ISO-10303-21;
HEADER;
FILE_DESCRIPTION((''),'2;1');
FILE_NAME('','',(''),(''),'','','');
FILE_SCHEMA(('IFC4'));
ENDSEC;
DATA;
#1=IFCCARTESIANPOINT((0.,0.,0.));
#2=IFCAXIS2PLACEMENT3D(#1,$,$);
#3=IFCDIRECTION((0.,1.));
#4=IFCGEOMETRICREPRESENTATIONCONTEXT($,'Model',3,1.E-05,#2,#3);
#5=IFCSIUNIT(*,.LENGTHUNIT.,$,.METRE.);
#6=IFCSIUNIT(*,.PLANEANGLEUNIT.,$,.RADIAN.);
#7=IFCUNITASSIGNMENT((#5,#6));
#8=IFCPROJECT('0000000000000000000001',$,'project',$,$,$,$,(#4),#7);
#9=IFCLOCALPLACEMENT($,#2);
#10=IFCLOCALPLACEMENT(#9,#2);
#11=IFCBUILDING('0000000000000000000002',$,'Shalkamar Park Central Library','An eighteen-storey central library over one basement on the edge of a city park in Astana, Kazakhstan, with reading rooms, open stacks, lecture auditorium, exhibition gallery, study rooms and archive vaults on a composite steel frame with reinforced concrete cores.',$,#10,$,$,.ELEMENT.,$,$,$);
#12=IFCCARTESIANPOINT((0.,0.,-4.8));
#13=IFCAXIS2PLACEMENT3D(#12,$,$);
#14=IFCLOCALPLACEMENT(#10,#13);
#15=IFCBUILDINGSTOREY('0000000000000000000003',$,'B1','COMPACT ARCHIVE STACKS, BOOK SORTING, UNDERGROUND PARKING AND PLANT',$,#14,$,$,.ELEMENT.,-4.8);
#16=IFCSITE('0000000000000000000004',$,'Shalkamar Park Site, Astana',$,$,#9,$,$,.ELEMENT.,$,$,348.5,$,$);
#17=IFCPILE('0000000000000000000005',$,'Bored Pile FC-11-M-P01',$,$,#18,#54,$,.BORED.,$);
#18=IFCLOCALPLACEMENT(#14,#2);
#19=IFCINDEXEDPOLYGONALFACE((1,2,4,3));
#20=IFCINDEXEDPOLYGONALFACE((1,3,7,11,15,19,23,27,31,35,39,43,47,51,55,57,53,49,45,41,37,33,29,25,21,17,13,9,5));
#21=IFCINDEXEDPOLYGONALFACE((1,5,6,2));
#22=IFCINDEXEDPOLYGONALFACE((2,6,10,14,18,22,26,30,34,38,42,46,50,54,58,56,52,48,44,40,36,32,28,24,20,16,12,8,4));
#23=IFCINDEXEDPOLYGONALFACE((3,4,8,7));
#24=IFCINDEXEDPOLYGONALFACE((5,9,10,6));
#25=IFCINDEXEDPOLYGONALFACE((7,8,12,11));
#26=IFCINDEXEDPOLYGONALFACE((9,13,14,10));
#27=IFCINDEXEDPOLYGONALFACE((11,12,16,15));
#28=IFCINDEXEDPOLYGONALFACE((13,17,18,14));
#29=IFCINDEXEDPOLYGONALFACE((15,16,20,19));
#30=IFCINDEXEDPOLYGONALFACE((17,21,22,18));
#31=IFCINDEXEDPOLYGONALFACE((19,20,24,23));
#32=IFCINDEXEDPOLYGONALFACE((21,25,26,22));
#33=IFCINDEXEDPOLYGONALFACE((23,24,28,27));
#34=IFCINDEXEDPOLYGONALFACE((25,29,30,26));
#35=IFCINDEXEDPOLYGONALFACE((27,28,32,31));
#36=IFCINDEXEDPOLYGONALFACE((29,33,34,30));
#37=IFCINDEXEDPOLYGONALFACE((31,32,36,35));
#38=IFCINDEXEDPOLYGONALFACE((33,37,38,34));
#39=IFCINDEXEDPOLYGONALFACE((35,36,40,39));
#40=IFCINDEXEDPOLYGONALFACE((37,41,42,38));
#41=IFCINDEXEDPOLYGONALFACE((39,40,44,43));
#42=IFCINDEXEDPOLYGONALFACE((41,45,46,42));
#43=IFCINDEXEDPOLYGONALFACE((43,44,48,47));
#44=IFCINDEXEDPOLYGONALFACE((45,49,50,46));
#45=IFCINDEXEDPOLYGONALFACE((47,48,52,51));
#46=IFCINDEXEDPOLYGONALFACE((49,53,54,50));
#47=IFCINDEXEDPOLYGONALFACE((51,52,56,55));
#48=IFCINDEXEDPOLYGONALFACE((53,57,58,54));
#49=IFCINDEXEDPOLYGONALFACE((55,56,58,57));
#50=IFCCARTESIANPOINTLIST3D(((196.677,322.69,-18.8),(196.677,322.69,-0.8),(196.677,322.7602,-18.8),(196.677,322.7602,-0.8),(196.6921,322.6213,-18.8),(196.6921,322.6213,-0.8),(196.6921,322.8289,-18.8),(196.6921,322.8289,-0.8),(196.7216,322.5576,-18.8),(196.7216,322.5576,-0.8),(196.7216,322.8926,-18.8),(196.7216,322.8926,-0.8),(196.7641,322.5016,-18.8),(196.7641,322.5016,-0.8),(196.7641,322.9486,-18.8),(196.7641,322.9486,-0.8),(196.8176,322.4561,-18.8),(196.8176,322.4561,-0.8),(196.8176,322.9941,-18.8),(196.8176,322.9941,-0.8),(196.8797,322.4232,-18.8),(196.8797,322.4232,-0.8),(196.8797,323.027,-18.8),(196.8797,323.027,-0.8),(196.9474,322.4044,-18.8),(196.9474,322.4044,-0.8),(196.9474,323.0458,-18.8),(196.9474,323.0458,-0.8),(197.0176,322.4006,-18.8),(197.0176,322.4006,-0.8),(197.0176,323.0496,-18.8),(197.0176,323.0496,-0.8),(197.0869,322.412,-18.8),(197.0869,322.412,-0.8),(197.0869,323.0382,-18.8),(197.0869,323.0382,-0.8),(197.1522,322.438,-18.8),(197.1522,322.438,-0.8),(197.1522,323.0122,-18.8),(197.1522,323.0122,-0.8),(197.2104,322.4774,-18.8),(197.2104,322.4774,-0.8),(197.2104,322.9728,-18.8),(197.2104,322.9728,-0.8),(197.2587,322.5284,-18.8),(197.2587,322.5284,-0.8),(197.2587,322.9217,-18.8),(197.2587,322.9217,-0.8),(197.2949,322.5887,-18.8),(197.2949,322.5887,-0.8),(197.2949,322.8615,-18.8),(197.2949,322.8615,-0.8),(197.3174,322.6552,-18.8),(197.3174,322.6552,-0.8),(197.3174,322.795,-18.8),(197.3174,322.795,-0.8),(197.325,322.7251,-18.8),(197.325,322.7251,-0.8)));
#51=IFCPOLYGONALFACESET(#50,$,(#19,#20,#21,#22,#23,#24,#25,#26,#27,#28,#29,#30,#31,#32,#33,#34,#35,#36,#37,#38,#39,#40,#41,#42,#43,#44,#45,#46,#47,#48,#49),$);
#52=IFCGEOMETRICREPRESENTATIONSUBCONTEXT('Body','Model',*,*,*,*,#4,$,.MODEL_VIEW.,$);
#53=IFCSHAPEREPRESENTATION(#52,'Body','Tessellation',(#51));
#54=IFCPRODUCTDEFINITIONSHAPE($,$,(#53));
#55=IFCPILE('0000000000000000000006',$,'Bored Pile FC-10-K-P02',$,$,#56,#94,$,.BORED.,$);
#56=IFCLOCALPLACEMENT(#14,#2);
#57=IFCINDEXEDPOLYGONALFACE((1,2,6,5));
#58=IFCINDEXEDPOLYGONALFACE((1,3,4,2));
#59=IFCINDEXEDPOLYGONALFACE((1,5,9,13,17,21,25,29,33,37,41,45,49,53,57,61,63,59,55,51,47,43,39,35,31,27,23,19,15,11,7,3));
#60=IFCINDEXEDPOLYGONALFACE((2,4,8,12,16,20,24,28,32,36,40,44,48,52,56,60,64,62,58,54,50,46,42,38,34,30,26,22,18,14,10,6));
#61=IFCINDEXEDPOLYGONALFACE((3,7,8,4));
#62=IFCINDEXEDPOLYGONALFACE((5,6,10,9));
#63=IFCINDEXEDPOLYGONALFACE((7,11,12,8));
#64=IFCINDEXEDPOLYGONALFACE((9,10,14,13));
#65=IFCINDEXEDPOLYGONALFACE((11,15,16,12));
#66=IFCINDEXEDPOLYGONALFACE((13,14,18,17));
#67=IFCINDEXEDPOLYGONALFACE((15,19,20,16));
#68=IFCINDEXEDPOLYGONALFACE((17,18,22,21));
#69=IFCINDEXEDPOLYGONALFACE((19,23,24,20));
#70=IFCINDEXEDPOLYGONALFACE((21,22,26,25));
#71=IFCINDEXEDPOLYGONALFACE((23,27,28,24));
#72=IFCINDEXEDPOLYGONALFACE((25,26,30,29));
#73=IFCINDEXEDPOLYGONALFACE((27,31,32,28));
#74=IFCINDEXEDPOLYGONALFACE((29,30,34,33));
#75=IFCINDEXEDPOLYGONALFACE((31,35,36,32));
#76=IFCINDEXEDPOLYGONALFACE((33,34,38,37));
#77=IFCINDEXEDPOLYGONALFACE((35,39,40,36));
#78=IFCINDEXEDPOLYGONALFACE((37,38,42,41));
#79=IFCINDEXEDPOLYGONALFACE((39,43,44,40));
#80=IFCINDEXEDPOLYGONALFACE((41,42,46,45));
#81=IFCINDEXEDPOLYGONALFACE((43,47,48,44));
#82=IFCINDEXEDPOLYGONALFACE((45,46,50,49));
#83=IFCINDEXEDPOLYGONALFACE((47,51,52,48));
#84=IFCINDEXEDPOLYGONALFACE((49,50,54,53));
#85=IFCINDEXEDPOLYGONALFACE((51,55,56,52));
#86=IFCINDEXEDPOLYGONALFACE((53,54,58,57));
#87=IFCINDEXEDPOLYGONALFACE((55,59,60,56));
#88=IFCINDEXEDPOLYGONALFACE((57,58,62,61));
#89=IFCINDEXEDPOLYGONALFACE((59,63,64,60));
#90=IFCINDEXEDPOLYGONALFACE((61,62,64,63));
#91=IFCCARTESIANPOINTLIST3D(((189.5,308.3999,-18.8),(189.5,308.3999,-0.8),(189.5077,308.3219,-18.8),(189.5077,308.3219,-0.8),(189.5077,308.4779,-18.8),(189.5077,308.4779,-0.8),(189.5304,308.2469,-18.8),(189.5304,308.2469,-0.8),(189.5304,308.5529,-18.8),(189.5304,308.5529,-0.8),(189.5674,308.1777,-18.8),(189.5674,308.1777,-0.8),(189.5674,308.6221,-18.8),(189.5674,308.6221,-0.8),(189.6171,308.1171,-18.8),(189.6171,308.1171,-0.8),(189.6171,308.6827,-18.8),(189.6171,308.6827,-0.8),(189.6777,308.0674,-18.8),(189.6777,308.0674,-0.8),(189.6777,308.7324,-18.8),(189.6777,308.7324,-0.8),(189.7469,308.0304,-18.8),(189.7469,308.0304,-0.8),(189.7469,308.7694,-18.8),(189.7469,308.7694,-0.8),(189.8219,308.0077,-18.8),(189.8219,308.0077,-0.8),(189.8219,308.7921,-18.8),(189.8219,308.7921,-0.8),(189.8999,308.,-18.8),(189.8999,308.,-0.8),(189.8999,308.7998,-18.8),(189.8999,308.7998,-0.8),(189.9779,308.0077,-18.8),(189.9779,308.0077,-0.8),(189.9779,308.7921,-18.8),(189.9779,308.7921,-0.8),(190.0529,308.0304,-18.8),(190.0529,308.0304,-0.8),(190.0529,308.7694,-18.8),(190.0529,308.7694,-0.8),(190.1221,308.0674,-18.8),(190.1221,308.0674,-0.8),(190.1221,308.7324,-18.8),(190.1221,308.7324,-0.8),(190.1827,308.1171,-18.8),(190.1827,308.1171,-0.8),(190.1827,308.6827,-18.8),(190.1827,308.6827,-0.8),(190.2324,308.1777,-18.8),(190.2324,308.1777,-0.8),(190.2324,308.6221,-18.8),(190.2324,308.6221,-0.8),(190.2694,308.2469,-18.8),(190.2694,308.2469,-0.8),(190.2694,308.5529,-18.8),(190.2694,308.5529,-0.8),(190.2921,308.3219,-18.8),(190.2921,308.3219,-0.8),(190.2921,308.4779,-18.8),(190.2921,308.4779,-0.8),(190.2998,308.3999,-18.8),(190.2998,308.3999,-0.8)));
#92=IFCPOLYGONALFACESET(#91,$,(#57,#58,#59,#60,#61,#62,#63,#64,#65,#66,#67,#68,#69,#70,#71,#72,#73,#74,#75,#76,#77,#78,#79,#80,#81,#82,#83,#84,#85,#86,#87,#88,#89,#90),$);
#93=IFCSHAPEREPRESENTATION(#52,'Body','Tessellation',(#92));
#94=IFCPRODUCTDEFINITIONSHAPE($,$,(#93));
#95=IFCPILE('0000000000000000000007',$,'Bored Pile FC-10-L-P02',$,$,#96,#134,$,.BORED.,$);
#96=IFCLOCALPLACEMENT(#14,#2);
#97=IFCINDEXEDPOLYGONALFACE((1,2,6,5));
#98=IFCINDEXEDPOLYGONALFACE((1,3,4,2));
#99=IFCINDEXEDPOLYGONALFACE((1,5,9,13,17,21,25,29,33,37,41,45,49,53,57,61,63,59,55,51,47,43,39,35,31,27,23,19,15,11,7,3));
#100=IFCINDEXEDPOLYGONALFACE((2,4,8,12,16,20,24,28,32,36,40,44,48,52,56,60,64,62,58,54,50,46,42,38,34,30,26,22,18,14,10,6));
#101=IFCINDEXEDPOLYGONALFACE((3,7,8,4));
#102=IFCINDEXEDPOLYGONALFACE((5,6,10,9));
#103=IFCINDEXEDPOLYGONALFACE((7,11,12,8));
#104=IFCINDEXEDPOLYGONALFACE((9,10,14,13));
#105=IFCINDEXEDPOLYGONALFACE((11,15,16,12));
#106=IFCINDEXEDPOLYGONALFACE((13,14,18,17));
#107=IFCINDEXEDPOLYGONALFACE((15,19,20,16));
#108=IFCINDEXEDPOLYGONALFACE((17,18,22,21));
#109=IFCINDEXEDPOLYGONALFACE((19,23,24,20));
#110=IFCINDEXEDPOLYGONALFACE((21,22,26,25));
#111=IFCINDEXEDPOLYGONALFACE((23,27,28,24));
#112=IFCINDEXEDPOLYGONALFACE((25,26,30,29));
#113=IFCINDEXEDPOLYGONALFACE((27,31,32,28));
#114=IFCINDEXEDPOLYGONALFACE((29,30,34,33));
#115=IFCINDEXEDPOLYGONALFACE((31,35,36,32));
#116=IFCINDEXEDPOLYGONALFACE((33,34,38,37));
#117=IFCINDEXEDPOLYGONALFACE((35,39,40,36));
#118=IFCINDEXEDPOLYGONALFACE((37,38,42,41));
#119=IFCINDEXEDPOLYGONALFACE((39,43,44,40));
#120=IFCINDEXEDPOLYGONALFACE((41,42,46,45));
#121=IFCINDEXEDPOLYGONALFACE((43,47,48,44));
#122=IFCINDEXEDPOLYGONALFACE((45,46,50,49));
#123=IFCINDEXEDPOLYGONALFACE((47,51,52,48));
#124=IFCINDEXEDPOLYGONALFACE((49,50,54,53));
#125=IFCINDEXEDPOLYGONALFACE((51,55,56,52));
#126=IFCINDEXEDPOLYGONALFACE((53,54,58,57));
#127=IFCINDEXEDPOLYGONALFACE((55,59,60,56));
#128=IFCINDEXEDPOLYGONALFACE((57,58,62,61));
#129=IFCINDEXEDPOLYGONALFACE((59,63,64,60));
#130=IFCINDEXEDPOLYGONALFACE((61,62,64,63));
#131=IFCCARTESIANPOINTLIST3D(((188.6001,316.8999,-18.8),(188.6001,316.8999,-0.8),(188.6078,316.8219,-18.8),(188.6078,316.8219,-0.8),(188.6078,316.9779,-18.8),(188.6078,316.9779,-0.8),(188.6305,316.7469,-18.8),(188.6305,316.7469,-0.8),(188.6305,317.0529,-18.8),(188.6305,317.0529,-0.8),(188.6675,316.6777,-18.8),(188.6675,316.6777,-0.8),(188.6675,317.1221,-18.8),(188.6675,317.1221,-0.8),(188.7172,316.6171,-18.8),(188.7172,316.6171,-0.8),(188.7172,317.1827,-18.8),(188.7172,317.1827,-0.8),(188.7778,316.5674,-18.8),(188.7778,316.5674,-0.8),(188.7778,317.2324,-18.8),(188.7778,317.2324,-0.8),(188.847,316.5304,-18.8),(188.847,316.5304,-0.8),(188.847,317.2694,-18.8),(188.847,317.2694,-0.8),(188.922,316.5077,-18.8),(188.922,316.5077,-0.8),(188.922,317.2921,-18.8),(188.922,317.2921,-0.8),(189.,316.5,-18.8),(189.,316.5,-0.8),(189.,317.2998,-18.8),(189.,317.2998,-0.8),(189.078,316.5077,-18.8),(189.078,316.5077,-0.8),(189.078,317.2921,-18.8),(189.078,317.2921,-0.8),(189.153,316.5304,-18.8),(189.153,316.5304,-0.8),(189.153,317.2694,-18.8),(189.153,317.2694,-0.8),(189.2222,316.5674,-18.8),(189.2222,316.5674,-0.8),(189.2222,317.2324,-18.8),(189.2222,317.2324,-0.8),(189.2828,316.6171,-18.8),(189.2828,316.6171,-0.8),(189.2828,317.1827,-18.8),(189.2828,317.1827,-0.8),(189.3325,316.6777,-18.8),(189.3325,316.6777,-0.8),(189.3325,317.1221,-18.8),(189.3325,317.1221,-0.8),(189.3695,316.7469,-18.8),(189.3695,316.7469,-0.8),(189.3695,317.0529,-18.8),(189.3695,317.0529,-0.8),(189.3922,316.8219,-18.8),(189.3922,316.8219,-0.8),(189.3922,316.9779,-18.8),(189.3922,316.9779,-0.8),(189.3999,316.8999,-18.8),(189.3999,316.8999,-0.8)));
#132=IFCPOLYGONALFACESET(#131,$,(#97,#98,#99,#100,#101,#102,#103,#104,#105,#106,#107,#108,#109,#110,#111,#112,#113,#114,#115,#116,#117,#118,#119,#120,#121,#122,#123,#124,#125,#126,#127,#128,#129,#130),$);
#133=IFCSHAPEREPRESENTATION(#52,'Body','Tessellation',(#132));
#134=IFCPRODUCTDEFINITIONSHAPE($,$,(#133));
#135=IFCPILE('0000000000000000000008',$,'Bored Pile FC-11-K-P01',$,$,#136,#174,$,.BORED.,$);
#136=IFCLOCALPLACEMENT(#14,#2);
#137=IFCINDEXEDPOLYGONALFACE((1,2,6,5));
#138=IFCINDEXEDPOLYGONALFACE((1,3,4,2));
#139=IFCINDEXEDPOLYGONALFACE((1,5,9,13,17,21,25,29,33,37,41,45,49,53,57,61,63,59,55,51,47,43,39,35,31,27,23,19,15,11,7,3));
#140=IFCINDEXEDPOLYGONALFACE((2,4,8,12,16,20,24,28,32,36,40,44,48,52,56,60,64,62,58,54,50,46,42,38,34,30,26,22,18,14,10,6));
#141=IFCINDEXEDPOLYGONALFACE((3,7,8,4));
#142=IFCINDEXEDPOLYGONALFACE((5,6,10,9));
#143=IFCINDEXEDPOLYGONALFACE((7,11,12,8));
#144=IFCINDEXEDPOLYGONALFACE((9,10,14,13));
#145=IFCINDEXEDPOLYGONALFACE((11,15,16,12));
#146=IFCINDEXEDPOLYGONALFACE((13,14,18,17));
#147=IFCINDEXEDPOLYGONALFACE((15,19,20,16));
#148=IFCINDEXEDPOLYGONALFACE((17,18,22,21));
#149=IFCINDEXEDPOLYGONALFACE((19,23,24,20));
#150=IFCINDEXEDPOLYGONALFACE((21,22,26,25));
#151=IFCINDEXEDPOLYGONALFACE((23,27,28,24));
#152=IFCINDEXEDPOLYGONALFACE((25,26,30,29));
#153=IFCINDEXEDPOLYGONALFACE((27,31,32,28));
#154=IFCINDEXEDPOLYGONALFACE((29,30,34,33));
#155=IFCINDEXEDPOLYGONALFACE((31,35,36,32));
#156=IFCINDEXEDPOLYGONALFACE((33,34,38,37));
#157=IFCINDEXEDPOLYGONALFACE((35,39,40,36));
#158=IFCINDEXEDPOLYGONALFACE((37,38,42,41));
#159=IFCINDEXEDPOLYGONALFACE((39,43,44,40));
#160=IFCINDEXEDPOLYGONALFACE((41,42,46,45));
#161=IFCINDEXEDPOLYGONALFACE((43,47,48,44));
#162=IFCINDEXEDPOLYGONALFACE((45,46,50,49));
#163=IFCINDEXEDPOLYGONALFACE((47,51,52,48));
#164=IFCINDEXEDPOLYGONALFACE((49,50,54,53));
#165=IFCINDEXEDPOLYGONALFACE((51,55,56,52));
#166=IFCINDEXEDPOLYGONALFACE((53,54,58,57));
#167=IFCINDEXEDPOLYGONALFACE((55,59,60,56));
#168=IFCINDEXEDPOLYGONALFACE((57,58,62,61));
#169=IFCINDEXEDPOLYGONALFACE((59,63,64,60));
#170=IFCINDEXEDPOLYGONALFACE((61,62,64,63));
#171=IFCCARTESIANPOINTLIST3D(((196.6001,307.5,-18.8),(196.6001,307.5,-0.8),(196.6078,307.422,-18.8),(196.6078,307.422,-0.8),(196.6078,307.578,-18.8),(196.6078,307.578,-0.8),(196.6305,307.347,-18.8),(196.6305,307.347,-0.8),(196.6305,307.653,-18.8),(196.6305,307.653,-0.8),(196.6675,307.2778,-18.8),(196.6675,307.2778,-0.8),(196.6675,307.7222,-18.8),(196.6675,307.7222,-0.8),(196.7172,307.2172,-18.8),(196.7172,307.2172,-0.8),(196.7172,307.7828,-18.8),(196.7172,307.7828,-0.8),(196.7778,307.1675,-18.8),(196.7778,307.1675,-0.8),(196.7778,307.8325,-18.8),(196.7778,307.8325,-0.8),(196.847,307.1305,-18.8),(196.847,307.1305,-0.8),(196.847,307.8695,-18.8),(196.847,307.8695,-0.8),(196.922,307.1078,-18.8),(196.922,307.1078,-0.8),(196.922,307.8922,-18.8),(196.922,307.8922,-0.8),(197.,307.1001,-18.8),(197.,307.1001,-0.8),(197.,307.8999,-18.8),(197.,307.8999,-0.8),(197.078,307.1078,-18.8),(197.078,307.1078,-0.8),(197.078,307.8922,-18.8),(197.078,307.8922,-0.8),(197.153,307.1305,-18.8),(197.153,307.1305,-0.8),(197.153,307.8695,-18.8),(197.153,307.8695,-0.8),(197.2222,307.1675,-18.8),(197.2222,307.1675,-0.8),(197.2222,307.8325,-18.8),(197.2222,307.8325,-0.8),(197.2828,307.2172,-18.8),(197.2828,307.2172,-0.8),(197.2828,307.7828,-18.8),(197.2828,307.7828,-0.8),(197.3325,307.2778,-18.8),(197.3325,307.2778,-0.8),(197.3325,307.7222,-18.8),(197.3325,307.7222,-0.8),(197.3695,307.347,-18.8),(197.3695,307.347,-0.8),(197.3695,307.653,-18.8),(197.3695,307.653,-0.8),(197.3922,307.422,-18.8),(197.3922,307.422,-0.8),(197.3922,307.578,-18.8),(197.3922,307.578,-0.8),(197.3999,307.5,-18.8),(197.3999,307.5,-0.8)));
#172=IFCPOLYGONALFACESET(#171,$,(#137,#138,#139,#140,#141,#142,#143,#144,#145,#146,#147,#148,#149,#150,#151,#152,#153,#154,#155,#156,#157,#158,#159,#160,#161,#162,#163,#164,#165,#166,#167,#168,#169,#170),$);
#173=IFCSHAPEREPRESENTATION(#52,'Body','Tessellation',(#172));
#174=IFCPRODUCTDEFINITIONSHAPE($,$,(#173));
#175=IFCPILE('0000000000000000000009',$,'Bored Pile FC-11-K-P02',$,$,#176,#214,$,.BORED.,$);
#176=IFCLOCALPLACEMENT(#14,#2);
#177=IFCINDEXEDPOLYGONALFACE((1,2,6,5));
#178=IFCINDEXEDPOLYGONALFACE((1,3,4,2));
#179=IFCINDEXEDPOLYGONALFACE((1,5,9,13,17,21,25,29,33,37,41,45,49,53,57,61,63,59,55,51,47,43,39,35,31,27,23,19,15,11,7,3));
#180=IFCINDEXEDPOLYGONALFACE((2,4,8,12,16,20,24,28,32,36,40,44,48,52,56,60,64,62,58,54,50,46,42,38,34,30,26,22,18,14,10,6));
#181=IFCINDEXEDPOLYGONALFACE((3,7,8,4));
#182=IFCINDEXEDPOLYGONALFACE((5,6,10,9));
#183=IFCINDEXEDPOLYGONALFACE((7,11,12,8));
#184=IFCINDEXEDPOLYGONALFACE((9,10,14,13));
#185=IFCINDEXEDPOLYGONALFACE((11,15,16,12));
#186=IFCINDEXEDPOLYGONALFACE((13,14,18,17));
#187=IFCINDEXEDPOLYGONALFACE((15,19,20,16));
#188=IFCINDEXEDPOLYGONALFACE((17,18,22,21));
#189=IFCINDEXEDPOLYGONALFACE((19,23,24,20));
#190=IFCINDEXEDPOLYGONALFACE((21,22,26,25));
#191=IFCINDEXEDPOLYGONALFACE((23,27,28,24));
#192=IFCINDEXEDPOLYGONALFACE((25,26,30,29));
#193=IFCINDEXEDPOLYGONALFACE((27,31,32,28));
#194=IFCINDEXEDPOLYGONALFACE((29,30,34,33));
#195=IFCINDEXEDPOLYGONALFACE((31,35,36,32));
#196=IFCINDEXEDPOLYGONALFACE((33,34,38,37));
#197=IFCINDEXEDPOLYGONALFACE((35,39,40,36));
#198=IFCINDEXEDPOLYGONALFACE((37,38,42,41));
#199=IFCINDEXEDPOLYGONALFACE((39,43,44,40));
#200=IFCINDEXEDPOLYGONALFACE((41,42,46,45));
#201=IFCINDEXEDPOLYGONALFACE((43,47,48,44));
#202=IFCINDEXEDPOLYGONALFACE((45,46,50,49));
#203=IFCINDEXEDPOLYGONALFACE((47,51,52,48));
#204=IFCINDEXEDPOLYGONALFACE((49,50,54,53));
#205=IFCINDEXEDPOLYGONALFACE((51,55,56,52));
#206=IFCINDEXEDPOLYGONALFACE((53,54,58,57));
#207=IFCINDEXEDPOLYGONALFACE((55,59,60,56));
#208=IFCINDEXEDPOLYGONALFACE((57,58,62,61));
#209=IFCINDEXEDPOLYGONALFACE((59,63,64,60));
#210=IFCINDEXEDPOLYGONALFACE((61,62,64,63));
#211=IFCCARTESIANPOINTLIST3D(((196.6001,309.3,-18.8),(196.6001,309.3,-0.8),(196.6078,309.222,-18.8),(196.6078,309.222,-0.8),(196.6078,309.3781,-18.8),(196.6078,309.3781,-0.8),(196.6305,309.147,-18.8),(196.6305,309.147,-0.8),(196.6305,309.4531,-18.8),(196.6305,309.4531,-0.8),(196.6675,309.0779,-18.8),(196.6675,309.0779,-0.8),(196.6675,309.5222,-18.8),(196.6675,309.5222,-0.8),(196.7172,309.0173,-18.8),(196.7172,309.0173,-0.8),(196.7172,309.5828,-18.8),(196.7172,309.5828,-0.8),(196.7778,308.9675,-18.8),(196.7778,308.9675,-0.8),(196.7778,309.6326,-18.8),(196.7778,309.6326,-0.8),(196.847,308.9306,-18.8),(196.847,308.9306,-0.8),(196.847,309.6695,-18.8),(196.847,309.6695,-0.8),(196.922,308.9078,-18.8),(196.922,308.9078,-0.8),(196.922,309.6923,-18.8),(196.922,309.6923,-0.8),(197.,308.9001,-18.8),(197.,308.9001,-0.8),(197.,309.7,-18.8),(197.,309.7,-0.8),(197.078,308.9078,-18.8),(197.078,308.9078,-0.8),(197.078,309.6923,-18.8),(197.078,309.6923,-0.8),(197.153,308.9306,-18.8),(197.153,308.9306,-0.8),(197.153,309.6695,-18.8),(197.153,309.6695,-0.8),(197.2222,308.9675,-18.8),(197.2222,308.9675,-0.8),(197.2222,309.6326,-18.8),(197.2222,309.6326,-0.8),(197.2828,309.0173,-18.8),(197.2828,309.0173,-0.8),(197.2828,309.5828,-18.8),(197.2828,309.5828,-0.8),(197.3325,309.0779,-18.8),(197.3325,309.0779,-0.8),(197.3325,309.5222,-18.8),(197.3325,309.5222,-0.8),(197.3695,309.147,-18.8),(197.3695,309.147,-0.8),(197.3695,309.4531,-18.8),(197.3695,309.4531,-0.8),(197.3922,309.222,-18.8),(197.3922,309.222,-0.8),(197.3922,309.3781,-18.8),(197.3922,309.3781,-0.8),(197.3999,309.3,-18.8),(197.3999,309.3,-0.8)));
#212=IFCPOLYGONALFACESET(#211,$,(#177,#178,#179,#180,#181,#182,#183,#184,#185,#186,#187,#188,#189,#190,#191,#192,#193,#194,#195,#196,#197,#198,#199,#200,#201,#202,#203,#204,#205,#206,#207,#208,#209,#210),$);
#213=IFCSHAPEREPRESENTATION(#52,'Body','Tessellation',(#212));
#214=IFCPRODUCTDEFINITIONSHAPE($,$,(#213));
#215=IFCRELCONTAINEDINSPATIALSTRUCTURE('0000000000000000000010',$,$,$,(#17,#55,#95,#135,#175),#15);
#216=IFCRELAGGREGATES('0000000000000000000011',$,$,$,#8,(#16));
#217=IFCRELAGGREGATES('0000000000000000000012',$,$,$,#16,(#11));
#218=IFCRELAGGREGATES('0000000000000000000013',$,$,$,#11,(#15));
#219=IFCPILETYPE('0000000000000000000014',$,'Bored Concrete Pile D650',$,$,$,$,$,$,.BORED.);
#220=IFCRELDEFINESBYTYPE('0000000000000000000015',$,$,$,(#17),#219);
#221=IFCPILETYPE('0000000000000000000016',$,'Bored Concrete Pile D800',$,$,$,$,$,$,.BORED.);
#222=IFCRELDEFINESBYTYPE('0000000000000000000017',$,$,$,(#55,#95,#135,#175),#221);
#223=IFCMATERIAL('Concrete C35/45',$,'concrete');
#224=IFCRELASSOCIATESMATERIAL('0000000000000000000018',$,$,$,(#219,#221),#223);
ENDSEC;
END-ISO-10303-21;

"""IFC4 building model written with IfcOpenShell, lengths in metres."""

from ifc_helpers import new_model, si_unit, direction, frame, origin, origin_2d, place, context, subcontext, project, spatial, circle, extrude, material, material_profile, profile_set, type_object, element, save


model = new_model("IFC4")

# Units and contexts
model_context = context("Model", 3, precision=1e-05, world=origin(), true_north=direction((0.0, 1.0)))
body_context = subcontext(model_context, "Body", "Model", "MODEL_VIEW")
ifc_project = project(units=[si_unit("LENGTHUNIT", "METRE"), si_unit("PLANEANGLEUNIT", "RADIAN")], contexts=[model_context])

# Site, building, storey
site_placement = place(None, origin())
site = spatial("IfcSite", under=ifc_project, at=site_placement, Name="Shalkamar Park Site, Astana", CompositionType="ELEMENT", RefElevation=348.5)
building_placement = place(site_placement, origin())
building = spatial("IfcBuilding", under=site, at=building_placement, Name="Shalkamar Park Central Library", Description="An eighteen-storey central library over one basement on the edge of a city park in Astana, Kazakhstan, with reading rooms, open stacks, lecture auditorium, exhibition gallery, study rooms and archive vaults on a composite steel frame with reinforced concrete cores.", CompositionType="ELEMENT")
storey_placement = place(building_placement, frame((0.0, 0.0, -4.8)))
storey = spatial("IfcBuildingStorey", under=building, at=storey_placement, Name="B1", Description="COMPACT ARCHIVE STACKS, BOOK SORTING, UNDERGROUND PARKING AND PLANT", CompositionType="ELEMENT", Elevation=-4.8)

# Piles
ifc_material_1 = material(Name="Concrete C35/45", Category="concrete")
ifc_material_profile_1 = material_profile(ifc_material_1, circle(Radius=0.325, at=origin_2d()), Name="PILE D650")
ifc_profile_set_1 = profile_set([ifc_material_profile_1], Name="Concrete C35/45")
pile_type_1 = type_object("IfcPileType", Name="Bored Concrete Pile D650", PredefinedType="BORED", material=ifc_profile_set_1)
pile_placement = place(storey_placement, frame((197.0, 322.7251, -0.8), z_axis=(0.0, 0.0, -1.0), x_axis=(1.0, 0.0, 0.0)))
element("IfcPile", 1, at=pile_placement, inside=storey, type_object=pile_type_1, Name="Bored Pile FC-11-M-P01", PredefinedType="BORED", context=body_context, shape_type="SweptSolid", body=[
    extrude(circle(Radius=0.325, at=origin_2d()), origin(), (0.0, 0.0, 1.0), 18.0),
])
ifc_material_profile_2 = material_profile(ifc_material_1, circle(Radius=0.3999, at=origin_2d()), Name="PILE D800")
ifc_profile_set_2 = profile_set([ifc_material_profile_2], Name="Concrete C35/45")
pile_type_2 = type_object("IfcPileType", Name="Bored Concrete Pile D800", PredefinedType="BORED", material=ifc_profile_set_2)
for number, where, z_axis, x_axis, name in (
    (2, (189.8999, 308.3999, -0.8), (0.0, 0.0, -1.0), (1.0, 0.0, 0.0), "Bored Pile FC-10-K-P02"),
    (3, (189.0, 316.8999, -0.8), (0.0, 0.0, -1.0), (1.0, 0.0, 0.0), "Bored Pile FC-10-L-P02"),
    (4, (197.0, 307.5, -0.8), (0.0, 0.0, -1.0), (1.0, 0.0, 0.0), "Bored Pile FC-11-K-P01"),
    (5, (197.0, 309.3, -0.8), (0.0, 0.0, -1.0), (1.0, 0.0, 0.0), "Bored Pile FC-11-K-P02"),
):
    element("IfcPile", number, at=place(storey_placement, frame(where, z_axis=z_axis, x_axis=x_axis)), inside=storey, type_object=pile_type_2, Name=name, PredefinedType="BORED", context=body_context, shape_type="SweptSolid", body=[
        extrude(circle(Radius=0.3999, at=origin_2d()), origin(), (0.0, 0.0, 1.0), 18.0),
    ])

save(model, "model.ifc")
